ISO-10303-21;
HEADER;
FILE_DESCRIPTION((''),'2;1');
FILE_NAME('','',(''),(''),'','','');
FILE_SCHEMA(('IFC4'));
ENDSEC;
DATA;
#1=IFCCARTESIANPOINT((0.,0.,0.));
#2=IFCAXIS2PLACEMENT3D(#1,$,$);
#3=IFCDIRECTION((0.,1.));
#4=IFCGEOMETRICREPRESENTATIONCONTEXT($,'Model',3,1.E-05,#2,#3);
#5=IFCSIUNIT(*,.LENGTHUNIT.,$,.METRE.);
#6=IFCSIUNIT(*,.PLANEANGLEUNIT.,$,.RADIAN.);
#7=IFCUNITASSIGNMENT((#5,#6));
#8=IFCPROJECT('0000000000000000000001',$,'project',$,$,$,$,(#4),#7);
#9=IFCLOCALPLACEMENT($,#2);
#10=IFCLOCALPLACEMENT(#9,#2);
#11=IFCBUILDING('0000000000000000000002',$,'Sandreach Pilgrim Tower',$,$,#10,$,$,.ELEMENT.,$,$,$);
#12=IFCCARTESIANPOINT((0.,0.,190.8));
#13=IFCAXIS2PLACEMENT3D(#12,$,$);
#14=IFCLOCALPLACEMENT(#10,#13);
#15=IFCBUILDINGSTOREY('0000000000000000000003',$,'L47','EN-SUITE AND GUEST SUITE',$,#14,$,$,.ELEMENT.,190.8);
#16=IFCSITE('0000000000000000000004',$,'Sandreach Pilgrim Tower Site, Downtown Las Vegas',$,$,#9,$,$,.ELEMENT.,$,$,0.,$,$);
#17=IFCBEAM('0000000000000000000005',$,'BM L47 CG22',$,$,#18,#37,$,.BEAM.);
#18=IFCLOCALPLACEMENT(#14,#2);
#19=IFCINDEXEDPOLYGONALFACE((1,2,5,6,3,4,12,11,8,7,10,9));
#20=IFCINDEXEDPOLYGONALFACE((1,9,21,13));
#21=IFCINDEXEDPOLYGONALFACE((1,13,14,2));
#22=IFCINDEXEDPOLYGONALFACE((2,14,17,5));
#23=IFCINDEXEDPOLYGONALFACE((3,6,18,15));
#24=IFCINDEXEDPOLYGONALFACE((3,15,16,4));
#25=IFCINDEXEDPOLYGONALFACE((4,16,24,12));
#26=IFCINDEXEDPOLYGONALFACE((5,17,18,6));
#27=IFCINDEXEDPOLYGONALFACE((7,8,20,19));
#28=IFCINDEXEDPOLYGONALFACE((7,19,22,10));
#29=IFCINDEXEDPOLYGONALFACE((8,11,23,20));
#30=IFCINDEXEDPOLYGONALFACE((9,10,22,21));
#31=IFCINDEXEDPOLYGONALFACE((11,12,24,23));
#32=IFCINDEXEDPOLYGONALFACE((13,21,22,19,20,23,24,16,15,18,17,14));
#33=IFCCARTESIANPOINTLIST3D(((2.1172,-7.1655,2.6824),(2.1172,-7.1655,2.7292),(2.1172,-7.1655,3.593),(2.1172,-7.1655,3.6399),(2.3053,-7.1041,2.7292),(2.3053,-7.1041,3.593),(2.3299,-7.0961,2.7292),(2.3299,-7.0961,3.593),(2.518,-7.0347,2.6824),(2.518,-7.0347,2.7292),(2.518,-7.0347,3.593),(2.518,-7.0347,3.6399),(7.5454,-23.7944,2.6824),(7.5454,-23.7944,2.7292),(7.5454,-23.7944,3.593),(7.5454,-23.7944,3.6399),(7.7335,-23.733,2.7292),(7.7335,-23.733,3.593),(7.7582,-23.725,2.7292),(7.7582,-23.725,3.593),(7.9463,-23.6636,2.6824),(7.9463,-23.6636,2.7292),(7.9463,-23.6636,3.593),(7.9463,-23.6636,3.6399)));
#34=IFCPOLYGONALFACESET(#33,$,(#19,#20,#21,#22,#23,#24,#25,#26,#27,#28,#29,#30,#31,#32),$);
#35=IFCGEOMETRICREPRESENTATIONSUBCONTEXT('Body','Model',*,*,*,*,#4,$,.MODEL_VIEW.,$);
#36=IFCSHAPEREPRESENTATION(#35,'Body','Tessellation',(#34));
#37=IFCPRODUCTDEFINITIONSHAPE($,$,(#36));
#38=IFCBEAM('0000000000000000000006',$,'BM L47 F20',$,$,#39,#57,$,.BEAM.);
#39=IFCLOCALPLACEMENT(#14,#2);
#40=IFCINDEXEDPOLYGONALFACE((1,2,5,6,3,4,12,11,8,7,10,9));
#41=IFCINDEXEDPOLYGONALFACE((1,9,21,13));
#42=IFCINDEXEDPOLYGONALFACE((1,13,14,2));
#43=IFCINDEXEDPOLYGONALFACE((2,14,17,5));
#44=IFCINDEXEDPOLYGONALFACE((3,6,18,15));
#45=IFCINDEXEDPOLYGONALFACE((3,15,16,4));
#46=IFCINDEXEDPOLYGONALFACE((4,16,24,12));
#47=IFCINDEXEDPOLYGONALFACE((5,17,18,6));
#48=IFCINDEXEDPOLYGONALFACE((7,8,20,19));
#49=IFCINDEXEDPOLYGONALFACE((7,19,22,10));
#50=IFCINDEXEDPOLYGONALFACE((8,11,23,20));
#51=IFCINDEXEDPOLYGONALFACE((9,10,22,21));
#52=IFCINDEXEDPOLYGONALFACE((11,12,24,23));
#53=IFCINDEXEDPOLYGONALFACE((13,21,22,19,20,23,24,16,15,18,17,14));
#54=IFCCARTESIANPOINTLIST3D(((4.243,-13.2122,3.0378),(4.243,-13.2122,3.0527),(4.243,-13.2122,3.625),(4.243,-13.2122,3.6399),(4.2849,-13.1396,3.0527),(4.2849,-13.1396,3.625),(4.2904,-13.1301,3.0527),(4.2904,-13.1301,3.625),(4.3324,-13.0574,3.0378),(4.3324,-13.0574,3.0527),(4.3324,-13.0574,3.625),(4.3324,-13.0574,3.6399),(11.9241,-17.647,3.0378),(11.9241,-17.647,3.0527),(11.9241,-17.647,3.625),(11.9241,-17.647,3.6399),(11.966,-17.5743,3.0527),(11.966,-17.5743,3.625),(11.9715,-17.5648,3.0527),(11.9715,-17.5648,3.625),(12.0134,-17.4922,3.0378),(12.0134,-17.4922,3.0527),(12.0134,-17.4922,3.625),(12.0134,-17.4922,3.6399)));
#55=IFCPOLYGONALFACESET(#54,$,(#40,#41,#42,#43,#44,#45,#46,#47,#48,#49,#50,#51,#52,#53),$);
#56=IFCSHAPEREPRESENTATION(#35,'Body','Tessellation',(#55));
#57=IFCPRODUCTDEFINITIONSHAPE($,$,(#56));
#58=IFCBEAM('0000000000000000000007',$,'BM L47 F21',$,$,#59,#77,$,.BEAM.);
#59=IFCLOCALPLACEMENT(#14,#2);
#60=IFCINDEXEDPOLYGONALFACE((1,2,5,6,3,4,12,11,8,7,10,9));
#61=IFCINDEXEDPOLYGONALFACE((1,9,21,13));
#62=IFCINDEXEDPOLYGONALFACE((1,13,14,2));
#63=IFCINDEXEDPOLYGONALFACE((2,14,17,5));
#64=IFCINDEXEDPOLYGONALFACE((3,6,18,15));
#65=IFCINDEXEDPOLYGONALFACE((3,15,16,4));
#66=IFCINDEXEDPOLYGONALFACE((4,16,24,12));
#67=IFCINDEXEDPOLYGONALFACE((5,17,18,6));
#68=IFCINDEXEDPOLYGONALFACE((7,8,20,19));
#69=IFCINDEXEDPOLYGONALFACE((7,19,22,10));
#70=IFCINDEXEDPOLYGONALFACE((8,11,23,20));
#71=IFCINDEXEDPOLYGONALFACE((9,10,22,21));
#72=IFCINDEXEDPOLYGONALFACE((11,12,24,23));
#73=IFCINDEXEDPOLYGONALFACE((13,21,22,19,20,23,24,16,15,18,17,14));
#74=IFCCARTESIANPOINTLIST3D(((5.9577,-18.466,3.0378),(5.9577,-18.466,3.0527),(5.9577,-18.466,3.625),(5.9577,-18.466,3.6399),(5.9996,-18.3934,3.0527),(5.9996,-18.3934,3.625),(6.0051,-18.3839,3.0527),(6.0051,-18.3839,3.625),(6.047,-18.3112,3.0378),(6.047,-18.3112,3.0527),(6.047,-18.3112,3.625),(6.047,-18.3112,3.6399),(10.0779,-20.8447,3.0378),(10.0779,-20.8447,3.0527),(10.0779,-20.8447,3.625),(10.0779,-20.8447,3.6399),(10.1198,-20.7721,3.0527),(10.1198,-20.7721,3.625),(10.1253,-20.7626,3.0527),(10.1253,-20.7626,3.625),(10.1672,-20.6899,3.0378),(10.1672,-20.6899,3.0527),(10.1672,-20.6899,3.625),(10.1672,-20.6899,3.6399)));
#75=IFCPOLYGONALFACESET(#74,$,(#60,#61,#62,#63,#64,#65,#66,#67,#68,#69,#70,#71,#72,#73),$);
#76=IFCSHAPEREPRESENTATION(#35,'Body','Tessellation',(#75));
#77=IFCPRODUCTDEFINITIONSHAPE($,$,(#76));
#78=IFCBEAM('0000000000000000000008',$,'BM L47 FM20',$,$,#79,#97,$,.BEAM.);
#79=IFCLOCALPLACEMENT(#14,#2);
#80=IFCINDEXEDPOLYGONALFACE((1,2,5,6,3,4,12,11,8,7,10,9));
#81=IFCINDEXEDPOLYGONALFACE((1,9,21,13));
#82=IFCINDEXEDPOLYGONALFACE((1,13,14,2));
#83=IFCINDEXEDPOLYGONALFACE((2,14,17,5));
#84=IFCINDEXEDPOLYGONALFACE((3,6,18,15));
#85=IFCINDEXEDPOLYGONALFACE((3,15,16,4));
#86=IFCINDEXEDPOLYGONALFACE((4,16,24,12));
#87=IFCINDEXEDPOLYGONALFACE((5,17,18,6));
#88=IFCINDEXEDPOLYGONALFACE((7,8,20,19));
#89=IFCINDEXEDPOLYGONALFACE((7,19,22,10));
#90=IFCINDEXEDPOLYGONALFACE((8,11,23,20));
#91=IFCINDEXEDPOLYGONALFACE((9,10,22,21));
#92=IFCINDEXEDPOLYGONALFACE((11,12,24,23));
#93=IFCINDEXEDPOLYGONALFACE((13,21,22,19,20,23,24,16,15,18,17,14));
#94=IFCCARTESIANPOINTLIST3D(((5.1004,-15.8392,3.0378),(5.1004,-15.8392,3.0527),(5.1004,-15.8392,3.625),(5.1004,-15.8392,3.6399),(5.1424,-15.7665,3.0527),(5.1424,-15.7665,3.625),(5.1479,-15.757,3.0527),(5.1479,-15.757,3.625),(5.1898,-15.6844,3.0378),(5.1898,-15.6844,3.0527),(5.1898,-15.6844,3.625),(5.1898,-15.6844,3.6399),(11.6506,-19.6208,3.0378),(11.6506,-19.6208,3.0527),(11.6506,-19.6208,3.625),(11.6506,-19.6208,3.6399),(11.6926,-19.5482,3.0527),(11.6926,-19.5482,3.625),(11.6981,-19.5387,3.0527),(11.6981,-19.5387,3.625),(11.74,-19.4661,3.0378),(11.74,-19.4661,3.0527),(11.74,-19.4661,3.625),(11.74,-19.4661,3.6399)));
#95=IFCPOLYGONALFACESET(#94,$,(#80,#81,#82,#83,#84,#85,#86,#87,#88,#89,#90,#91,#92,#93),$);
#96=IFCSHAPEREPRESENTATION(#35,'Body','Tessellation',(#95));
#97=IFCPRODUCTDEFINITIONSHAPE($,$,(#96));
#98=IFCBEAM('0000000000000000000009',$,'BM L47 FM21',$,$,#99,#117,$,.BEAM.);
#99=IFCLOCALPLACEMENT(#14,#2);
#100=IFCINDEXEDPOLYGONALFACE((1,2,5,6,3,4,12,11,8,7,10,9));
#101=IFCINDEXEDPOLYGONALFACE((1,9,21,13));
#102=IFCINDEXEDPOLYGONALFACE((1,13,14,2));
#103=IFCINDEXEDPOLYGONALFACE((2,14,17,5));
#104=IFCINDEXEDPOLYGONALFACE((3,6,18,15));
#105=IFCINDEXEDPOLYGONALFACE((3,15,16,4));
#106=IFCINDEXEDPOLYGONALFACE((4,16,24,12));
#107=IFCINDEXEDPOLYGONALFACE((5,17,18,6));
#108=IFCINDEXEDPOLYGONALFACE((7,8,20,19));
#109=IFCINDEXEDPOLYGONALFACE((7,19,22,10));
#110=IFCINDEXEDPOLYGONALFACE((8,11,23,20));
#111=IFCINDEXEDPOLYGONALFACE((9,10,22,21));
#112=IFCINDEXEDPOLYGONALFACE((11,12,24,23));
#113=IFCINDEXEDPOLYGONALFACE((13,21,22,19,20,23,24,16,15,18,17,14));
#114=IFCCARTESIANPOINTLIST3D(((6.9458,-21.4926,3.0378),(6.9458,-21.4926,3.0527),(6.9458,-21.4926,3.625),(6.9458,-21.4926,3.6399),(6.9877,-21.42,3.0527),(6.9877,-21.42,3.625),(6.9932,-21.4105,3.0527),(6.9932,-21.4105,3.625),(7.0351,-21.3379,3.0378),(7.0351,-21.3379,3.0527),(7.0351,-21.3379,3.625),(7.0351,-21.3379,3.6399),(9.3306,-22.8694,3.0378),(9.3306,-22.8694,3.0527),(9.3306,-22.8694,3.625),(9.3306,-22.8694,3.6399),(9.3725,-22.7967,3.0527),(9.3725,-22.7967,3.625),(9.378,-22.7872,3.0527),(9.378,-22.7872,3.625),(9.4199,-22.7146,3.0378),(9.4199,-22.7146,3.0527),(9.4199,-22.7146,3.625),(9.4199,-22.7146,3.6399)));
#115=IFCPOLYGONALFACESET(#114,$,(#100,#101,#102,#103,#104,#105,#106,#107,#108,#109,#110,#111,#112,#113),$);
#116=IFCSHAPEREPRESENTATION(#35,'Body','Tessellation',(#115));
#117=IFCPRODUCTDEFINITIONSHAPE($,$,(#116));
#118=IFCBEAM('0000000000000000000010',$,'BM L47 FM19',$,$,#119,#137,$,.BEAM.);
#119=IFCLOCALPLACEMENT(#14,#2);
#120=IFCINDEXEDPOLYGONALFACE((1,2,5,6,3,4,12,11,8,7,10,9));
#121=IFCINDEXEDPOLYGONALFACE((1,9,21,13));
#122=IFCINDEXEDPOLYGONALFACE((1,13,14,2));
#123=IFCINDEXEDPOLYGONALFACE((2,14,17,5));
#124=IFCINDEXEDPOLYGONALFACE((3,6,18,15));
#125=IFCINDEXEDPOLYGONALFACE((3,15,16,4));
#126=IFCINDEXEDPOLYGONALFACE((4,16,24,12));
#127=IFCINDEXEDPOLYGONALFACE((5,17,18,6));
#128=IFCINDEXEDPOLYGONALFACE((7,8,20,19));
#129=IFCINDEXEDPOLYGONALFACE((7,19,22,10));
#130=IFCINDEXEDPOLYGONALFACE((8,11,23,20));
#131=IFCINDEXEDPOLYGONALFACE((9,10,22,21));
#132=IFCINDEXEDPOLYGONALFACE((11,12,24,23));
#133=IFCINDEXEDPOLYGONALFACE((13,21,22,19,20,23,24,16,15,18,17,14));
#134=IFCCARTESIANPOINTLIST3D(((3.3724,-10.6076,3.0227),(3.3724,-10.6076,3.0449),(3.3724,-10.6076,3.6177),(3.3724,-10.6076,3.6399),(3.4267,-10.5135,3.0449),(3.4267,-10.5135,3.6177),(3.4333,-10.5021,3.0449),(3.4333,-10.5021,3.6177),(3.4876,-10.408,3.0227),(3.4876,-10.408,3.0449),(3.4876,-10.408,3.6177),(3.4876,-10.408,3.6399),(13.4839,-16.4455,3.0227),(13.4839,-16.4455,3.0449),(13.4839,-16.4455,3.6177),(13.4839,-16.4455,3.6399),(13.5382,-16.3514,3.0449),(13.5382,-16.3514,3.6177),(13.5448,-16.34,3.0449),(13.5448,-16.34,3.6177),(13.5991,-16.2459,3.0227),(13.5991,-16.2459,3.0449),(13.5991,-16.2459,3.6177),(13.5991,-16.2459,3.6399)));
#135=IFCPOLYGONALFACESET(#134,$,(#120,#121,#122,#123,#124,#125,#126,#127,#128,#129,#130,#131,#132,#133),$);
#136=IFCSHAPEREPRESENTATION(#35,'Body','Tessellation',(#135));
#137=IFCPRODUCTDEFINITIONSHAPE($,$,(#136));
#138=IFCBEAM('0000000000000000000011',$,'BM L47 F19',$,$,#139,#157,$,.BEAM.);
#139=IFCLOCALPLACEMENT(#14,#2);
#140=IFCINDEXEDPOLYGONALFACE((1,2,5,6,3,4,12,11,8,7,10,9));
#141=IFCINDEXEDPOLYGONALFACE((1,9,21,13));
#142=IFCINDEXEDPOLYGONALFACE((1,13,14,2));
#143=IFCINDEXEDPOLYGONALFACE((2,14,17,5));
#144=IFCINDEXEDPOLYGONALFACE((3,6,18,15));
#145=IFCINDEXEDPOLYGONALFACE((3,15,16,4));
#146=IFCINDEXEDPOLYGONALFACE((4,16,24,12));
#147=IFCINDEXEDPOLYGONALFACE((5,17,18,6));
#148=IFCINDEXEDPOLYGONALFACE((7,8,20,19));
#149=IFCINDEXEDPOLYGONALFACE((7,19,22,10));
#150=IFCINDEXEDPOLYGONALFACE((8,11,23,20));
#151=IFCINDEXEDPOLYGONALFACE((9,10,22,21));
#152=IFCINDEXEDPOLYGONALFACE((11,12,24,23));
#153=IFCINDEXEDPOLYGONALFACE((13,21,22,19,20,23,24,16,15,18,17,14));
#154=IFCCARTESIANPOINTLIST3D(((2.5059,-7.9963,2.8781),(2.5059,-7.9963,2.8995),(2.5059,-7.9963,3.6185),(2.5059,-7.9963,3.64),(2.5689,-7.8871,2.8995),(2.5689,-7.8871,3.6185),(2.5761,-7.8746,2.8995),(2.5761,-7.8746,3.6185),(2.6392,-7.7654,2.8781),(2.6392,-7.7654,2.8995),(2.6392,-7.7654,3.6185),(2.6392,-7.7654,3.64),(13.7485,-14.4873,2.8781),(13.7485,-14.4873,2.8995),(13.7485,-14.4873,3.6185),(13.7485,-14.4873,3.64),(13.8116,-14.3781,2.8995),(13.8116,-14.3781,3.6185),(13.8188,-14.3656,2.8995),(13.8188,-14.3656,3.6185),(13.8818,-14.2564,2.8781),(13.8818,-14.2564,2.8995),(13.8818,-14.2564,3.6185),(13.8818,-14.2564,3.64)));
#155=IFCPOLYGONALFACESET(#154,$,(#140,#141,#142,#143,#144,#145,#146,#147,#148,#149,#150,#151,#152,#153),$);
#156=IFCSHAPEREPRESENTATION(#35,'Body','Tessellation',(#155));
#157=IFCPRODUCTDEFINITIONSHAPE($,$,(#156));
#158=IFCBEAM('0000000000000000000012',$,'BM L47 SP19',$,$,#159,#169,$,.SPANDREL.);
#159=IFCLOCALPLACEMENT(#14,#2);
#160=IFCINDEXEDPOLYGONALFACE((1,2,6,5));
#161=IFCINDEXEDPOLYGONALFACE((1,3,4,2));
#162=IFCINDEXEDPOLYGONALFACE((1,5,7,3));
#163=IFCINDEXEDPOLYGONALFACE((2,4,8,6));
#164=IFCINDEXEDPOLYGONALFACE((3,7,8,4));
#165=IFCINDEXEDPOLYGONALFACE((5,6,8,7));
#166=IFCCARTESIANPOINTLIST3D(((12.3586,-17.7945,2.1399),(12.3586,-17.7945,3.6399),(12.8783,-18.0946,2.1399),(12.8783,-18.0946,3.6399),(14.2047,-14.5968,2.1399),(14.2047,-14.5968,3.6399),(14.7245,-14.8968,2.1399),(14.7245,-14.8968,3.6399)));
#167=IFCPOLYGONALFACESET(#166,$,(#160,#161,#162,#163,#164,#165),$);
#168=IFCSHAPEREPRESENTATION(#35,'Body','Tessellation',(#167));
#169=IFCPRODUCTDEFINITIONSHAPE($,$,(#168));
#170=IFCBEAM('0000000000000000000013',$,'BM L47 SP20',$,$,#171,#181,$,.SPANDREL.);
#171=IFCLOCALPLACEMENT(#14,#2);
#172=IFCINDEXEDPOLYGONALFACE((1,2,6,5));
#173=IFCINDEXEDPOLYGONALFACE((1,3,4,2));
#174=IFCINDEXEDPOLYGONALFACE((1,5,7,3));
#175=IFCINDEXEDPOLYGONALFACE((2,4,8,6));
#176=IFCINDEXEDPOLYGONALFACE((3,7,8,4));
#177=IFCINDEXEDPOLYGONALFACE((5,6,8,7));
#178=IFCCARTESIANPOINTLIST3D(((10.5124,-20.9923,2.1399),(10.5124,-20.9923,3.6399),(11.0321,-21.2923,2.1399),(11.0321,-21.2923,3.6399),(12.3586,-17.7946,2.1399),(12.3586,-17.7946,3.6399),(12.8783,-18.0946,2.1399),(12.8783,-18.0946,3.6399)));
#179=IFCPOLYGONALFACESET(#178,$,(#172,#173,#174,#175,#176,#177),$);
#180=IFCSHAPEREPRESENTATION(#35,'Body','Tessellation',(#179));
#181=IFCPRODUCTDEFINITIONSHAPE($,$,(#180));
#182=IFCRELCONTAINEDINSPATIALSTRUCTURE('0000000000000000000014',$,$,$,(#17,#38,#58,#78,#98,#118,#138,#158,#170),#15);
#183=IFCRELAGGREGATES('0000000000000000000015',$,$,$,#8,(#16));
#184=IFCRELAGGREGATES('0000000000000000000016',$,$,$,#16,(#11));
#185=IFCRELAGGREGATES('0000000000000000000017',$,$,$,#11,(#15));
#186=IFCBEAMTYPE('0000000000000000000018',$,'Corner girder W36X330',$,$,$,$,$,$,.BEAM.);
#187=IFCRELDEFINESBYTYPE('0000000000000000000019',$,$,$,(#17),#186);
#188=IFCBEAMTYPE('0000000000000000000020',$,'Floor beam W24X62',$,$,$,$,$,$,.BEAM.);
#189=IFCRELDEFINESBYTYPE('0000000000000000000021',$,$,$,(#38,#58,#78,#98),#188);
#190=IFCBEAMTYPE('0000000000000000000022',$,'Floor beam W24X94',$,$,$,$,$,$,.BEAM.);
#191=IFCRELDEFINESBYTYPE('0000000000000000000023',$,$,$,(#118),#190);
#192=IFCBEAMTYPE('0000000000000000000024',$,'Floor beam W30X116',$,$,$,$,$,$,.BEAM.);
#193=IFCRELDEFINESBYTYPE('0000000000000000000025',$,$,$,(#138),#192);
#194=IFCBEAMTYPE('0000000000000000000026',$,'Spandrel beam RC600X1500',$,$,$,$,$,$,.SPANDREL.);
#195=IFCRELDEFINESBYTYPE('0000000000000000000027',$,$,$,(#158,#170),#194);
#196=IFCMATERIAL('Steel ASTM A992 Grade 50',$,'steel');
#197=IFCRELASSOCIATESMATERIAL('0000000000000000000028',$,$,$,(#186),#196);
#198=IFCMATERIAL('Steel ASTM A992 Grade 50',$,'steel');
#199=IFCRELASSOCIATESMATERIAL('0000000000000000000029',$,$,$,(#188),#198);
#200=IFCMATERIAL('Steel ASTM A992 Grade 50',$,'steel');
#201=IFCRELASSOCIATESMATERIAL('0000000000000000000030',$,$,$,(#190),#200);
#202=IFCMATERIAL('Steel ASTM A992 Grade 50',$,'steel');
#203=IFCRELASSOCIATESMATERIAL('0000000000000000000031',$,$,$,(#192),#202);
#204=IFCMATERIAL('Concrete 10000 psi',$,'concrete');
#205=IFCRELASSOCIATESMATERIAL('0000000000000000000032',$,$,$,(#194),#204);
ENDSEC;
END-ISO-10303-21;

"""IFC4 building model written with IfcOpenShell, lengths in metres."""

from ifc_helpers import new_model, si_unit, direction, frame, origin, origin_2d, place, context, subcontext, project, spatial, rectangle, i_section, extrude, material, material_profile, profile_set, type_object, element, save


model = new_model("IFC4")

# Units and contexts
model_context = context("Model", 3, precision=1e-05, world=origin(), true_north=direction((0.0, 1.0)))
body_context = subcontext(model_context, "Body", "Model", "MODEL_VIEW")
ifc_project = project(units=[si_unit("LENGTHUNIT", "METRE"), si_unit("PLANEANGLEUNIT", "RADIAN")], contexts=[model_context])

# Site, building, storey
site_placement = place(None, origin())
site = spatial("IfcSite", under=ifc_project, at=site_placement, Name="Sandreach Pilgrim Tower Site, Downtown Las Vegas", CompositionType="ELEMENT", RefElevation=0.0)
building_placement = place(site_placement, origin())
building = spatial("IfcBuilding", under=site, at=building_placement, Name="Sandreach Pilgrim Tower", CompositionType="ELEMENT")
storey_placement = place(building_placement, frame((0.0, 0.0, 190.8)))
storey = spatial("IfcBuildingStorey", under=building, at=storey_placement, Name="L47", Description="EN-SUITE AND GUEST SUITE", CompositionType="ELEMENT", Elevation=190.8)

# Beams
ifc_material_1 = material(Name="Steel ASTM A992 Grade 50", Category="steel")
ifc_material_profile_1 = material_profile(ifc_material_1, i_section(OverallWidth=0.4216, OverallDepth=0.9575, WebThickness=0.0259, FlangeThickness=0.0469, at=origin_2d()), Name="W36X330")
ifc_profile_set_1 = profile_set([ifc_material_profile_1], Name="Steel ASTM A992 Grade 50")
beam_type_1 = type_object("IfcBeamType", Name="Corner girder W36X330", PredefinedType="BEAM", material=ifc_profile_set_1)
beam_1_placement = place(storey_placement, frame((7.7458, -23.729, 3.1611), z_axis=(-0.310318, 0.950633, 0.0), x_axis=(-0.950633, -0.310318, 0.0)))
element("IfcBeam", 1, at=beam_1_placement, inside=storey, type_object=beam_type_1, Name="BM L47 CG22", PredefinedType="BEAM", context=body_context, shape_type="SweptSolid", body=[
    extrude(i_section(OverallWidth=0.4216, OverallDepth=0.9575, WebThickness=0.0259, FlangeThickness=0.0469, at=origin_2d()), origin(), (0.0, 0.0, 1.0), 17.4924),
])
ifc_material_2 = material(Name="Steel ASTM A992 Grade 50", Category="steel")
ifc_material_profile_2 = material_profile(ifc_material_2, i_section(OverallWidth=0.1787, OverallDepth=0.6021, WebThickness=0.011, FlangeThickness=0.0149, at=origin_2d()), Name="W24X62")
ifc_profile_set_2 = profile_set([ifc_material_profile_2], Name="Steel ASTM A992 Grade 50")
beam_type_2 = type_object("IfcBeamType", Name="Floor beam W24X62", PredefinedType="BEAM", material=ifc_profile_set_2)
beam_2_placement = place(storey_placement, frame((11.9688, -17.5696, 3.3389), z_axis=(-0.866021, 0.500008, 0.0), x_axis=(-0.500008, -0.866021, 0.0)))
element("IfcBeam", 2, at=beam_2_placement, inside=storey, type_object=beam_type_2, Name="BM L47 F20", PredefinedType="BEAM", context=body_context, shape_type="SweptSolid", body=[
    extrude(i_section(OverallWidth=0.1787, OverallDepth=0.6021, WebThickness=0.011, FlangeThickness=0.0149, at=origin_2d()), origin(), (0.0, 0.0, 1.0), 8.8694),
])
beam_3_placement = place(storey_placement, frame((10.1226, -20.7673, 3.3389), z_axis=(-0.866033, 0.499986, 0.0), x_axis=(-0.499986, -0.866033, 0.0)))
element("IfcBeam", 3, at=beam_3_placement, inside=storey, type_object=beam_type_2, Name="BM L47 F21", PredefinedType="BEAM", context=body_context, shape_type="SweptSolid", body=[
    extrude(i_section(OverallWidth=0.1787, OverallDepth=0.6021, WebThickness=0.011, FlangeThickness=0.0149, at=origin_2d()), origin(), (0.0, 0.0, 1.0), 4.7576),
])
beam_4_placement = place(storey_placement, frame((11.6953, -19.5435, 3.3389), z_axis=(-0.86603, 0.499993, 0.0), x_axis=(-0.499993, -0.86603, 0.0)))
element("IfcBeam", 4, at=beam_4_placement, inside=storey, type_object=beam_type_2, Name="BM L47 FM20", PredefinedType="BEAM", context=body_context, shape_type="SweptSolid", body=[
    extrude(i_section(OverallWidth=0.1787, OverallDepth=0.6021, WebThickness=0.011, FlangeThickness=0.0149, at=origin_2d()), origin(), (0.0, 0.0, 1.0), 7.5635),
])
beam_5_placement = place(storey_placement, frame((9.3752, -22.792, 3.3389), z_axis=(-0.866047, 0.499963, 0.0), x_axis=(-0.499963, -0.866047, 0.0)))
element("IfcBeam", 5, at=beam_5_placement, inside=storey, type_object=beam_type_2, Name="BM L47 FM21", PredefinedType="BEAM", context=body_context, shape_type="SweptSolid", body=[
    extrude(i_section(OverallWidth=0.1787, OverallDepth=0.6021, WebThickness=0.011, FlangeThickness=0.0149, at=origin_2d()), origin(), (0.0, 0.0, 1.0), 2.7537),
])
ifc_material_3 = material(Name="Steel ASTM A992 Grade 50", Category="steel")
ifc_material_profile_3 = material_profile(ifc_material_3, i_section(OverallWidth=0.2305, OverallDepth=0.6172, WebThickness=0.0132, FlangeThickness=0.0222, at=origin_2d()), Name="W24X94")
ifc_profile_set_3 = profile_set([ifc_material_profile_3], Name="Steel ASTM A992 Grade 50")
beam_type_3 = type_object("IfcBeamType", Name="Floor beam W24X94", PredefinedType="BEAM", material=ifc_profile_set_3)
beam_6_placement = place(storey_placement, frame((13.5415, -16.3457, 3.3313), z_axis=(-0.866026, 0.499998, 0.0), x_axis=(-0.499998, -0.866026, 0.0)))
element("IfcBeam", 6, at=beam_6_placement, inside=storey, type_object=beam_type_3, Name="BM L47 FM19", PredefinedType="BEAM", context=body_context, shape_type="SweptSolid", body=[
    extrude(i_section(OverallWidth=0.2305, OverallDepth=0.6172, WebThickness=0.0132, FlangeThickness=0.0222, at=origin_2d()), origin(), (0.0, 0.0, 1.0), 11.6758),
])
ifc_material_4 = material(Name="Steel ASTM A992 Grade 50", Category="steel")
ifc_material_profile_4 = material_profile(ifc_material_4, i_section(OverallWidth=0.2666, OverallDepth=0.762, WebThickness=0.0144, FlangeThickness=0.0215, at=origin_2d()), Name="W30X116")
ifc_profile_set_4 = profile_set([ifc_material_profile_4], Name="Steel ASTM A992 Grade 50")
beam_type_4 = type_object("IfcBeamType", Name="Floor beam W30X116", PredefinedType="BEAM", material=ifc_profile_set_4)
beam_7_placement = place(storey_placement, frame((13.8152, -14.3718, 3.259), z_axis=(-0.866025, 0.5, 0.0), x_axis=(-0.5, -0.866025, 0.0)))
element("IfcBeam", 7, at=beam_7_placement, inside=storey, type_object=beam_type_4, Name="BM L47 F19", PredefinedType="BEAM", context=body_context, shape_type="SweptSolid", body=[
    extrude(i_section(OverallWidth=0.2666, OverallDepth=0.762, WebThickness=0.0144, FlangeThickness=0.0215, at=origin_2d()), origin(), (0.0, 0.0, 1.0), 12.9819),
])
ifc_material_5 = material(Name="Concrete 10000 psi", Category="concrete")
ifc_material_profile_5 = material_profile(ifc_material_5, rectangle(XDim=0.6001, YDim=1.5, at=origin_2d()), Name="RC600X1500")
ifc_profile_set_5 = profile_set([ifc_material_profile_5], Name="Concrete 10000 psi")
beam_type_5 = type_object("IfcBeamType", Name="Spandrel beam RC600X1500", PredefinedType="SPANDREL", material=ifc_profile_set_5)
for number, where, z_axis, x_axis, name in (
    (8, (14.4646, -14.7468, 2.8899), (-0.499993, -0.866029, 0.0), (0.866029, -0.499993, 0.0), "BM L47 SP19"),
    (9, (12.6184, -17.9446, 2.8899), (-0.499993, -0.866029, 0.0), (0.866029, -0.499993, 0.0), "BM L47 SP20"),
):
    element("IfcBeam", number, at=place(storey_placement, frame(where, z_axis=z_axis, x_axis=x_axis)), inside=storey, type_object=beam_type_5, Name=name, PredefinedType="SPANDREL", context=body_context, shape_type="SweptSolid", body=[
        extrude(rectangle(XDim=0.6001, YDim=1.5, at=origin_2d()), origin(), (0.0, 0.0, 1.0), 3.6924),
    ])

save(model, "model.ifc")
